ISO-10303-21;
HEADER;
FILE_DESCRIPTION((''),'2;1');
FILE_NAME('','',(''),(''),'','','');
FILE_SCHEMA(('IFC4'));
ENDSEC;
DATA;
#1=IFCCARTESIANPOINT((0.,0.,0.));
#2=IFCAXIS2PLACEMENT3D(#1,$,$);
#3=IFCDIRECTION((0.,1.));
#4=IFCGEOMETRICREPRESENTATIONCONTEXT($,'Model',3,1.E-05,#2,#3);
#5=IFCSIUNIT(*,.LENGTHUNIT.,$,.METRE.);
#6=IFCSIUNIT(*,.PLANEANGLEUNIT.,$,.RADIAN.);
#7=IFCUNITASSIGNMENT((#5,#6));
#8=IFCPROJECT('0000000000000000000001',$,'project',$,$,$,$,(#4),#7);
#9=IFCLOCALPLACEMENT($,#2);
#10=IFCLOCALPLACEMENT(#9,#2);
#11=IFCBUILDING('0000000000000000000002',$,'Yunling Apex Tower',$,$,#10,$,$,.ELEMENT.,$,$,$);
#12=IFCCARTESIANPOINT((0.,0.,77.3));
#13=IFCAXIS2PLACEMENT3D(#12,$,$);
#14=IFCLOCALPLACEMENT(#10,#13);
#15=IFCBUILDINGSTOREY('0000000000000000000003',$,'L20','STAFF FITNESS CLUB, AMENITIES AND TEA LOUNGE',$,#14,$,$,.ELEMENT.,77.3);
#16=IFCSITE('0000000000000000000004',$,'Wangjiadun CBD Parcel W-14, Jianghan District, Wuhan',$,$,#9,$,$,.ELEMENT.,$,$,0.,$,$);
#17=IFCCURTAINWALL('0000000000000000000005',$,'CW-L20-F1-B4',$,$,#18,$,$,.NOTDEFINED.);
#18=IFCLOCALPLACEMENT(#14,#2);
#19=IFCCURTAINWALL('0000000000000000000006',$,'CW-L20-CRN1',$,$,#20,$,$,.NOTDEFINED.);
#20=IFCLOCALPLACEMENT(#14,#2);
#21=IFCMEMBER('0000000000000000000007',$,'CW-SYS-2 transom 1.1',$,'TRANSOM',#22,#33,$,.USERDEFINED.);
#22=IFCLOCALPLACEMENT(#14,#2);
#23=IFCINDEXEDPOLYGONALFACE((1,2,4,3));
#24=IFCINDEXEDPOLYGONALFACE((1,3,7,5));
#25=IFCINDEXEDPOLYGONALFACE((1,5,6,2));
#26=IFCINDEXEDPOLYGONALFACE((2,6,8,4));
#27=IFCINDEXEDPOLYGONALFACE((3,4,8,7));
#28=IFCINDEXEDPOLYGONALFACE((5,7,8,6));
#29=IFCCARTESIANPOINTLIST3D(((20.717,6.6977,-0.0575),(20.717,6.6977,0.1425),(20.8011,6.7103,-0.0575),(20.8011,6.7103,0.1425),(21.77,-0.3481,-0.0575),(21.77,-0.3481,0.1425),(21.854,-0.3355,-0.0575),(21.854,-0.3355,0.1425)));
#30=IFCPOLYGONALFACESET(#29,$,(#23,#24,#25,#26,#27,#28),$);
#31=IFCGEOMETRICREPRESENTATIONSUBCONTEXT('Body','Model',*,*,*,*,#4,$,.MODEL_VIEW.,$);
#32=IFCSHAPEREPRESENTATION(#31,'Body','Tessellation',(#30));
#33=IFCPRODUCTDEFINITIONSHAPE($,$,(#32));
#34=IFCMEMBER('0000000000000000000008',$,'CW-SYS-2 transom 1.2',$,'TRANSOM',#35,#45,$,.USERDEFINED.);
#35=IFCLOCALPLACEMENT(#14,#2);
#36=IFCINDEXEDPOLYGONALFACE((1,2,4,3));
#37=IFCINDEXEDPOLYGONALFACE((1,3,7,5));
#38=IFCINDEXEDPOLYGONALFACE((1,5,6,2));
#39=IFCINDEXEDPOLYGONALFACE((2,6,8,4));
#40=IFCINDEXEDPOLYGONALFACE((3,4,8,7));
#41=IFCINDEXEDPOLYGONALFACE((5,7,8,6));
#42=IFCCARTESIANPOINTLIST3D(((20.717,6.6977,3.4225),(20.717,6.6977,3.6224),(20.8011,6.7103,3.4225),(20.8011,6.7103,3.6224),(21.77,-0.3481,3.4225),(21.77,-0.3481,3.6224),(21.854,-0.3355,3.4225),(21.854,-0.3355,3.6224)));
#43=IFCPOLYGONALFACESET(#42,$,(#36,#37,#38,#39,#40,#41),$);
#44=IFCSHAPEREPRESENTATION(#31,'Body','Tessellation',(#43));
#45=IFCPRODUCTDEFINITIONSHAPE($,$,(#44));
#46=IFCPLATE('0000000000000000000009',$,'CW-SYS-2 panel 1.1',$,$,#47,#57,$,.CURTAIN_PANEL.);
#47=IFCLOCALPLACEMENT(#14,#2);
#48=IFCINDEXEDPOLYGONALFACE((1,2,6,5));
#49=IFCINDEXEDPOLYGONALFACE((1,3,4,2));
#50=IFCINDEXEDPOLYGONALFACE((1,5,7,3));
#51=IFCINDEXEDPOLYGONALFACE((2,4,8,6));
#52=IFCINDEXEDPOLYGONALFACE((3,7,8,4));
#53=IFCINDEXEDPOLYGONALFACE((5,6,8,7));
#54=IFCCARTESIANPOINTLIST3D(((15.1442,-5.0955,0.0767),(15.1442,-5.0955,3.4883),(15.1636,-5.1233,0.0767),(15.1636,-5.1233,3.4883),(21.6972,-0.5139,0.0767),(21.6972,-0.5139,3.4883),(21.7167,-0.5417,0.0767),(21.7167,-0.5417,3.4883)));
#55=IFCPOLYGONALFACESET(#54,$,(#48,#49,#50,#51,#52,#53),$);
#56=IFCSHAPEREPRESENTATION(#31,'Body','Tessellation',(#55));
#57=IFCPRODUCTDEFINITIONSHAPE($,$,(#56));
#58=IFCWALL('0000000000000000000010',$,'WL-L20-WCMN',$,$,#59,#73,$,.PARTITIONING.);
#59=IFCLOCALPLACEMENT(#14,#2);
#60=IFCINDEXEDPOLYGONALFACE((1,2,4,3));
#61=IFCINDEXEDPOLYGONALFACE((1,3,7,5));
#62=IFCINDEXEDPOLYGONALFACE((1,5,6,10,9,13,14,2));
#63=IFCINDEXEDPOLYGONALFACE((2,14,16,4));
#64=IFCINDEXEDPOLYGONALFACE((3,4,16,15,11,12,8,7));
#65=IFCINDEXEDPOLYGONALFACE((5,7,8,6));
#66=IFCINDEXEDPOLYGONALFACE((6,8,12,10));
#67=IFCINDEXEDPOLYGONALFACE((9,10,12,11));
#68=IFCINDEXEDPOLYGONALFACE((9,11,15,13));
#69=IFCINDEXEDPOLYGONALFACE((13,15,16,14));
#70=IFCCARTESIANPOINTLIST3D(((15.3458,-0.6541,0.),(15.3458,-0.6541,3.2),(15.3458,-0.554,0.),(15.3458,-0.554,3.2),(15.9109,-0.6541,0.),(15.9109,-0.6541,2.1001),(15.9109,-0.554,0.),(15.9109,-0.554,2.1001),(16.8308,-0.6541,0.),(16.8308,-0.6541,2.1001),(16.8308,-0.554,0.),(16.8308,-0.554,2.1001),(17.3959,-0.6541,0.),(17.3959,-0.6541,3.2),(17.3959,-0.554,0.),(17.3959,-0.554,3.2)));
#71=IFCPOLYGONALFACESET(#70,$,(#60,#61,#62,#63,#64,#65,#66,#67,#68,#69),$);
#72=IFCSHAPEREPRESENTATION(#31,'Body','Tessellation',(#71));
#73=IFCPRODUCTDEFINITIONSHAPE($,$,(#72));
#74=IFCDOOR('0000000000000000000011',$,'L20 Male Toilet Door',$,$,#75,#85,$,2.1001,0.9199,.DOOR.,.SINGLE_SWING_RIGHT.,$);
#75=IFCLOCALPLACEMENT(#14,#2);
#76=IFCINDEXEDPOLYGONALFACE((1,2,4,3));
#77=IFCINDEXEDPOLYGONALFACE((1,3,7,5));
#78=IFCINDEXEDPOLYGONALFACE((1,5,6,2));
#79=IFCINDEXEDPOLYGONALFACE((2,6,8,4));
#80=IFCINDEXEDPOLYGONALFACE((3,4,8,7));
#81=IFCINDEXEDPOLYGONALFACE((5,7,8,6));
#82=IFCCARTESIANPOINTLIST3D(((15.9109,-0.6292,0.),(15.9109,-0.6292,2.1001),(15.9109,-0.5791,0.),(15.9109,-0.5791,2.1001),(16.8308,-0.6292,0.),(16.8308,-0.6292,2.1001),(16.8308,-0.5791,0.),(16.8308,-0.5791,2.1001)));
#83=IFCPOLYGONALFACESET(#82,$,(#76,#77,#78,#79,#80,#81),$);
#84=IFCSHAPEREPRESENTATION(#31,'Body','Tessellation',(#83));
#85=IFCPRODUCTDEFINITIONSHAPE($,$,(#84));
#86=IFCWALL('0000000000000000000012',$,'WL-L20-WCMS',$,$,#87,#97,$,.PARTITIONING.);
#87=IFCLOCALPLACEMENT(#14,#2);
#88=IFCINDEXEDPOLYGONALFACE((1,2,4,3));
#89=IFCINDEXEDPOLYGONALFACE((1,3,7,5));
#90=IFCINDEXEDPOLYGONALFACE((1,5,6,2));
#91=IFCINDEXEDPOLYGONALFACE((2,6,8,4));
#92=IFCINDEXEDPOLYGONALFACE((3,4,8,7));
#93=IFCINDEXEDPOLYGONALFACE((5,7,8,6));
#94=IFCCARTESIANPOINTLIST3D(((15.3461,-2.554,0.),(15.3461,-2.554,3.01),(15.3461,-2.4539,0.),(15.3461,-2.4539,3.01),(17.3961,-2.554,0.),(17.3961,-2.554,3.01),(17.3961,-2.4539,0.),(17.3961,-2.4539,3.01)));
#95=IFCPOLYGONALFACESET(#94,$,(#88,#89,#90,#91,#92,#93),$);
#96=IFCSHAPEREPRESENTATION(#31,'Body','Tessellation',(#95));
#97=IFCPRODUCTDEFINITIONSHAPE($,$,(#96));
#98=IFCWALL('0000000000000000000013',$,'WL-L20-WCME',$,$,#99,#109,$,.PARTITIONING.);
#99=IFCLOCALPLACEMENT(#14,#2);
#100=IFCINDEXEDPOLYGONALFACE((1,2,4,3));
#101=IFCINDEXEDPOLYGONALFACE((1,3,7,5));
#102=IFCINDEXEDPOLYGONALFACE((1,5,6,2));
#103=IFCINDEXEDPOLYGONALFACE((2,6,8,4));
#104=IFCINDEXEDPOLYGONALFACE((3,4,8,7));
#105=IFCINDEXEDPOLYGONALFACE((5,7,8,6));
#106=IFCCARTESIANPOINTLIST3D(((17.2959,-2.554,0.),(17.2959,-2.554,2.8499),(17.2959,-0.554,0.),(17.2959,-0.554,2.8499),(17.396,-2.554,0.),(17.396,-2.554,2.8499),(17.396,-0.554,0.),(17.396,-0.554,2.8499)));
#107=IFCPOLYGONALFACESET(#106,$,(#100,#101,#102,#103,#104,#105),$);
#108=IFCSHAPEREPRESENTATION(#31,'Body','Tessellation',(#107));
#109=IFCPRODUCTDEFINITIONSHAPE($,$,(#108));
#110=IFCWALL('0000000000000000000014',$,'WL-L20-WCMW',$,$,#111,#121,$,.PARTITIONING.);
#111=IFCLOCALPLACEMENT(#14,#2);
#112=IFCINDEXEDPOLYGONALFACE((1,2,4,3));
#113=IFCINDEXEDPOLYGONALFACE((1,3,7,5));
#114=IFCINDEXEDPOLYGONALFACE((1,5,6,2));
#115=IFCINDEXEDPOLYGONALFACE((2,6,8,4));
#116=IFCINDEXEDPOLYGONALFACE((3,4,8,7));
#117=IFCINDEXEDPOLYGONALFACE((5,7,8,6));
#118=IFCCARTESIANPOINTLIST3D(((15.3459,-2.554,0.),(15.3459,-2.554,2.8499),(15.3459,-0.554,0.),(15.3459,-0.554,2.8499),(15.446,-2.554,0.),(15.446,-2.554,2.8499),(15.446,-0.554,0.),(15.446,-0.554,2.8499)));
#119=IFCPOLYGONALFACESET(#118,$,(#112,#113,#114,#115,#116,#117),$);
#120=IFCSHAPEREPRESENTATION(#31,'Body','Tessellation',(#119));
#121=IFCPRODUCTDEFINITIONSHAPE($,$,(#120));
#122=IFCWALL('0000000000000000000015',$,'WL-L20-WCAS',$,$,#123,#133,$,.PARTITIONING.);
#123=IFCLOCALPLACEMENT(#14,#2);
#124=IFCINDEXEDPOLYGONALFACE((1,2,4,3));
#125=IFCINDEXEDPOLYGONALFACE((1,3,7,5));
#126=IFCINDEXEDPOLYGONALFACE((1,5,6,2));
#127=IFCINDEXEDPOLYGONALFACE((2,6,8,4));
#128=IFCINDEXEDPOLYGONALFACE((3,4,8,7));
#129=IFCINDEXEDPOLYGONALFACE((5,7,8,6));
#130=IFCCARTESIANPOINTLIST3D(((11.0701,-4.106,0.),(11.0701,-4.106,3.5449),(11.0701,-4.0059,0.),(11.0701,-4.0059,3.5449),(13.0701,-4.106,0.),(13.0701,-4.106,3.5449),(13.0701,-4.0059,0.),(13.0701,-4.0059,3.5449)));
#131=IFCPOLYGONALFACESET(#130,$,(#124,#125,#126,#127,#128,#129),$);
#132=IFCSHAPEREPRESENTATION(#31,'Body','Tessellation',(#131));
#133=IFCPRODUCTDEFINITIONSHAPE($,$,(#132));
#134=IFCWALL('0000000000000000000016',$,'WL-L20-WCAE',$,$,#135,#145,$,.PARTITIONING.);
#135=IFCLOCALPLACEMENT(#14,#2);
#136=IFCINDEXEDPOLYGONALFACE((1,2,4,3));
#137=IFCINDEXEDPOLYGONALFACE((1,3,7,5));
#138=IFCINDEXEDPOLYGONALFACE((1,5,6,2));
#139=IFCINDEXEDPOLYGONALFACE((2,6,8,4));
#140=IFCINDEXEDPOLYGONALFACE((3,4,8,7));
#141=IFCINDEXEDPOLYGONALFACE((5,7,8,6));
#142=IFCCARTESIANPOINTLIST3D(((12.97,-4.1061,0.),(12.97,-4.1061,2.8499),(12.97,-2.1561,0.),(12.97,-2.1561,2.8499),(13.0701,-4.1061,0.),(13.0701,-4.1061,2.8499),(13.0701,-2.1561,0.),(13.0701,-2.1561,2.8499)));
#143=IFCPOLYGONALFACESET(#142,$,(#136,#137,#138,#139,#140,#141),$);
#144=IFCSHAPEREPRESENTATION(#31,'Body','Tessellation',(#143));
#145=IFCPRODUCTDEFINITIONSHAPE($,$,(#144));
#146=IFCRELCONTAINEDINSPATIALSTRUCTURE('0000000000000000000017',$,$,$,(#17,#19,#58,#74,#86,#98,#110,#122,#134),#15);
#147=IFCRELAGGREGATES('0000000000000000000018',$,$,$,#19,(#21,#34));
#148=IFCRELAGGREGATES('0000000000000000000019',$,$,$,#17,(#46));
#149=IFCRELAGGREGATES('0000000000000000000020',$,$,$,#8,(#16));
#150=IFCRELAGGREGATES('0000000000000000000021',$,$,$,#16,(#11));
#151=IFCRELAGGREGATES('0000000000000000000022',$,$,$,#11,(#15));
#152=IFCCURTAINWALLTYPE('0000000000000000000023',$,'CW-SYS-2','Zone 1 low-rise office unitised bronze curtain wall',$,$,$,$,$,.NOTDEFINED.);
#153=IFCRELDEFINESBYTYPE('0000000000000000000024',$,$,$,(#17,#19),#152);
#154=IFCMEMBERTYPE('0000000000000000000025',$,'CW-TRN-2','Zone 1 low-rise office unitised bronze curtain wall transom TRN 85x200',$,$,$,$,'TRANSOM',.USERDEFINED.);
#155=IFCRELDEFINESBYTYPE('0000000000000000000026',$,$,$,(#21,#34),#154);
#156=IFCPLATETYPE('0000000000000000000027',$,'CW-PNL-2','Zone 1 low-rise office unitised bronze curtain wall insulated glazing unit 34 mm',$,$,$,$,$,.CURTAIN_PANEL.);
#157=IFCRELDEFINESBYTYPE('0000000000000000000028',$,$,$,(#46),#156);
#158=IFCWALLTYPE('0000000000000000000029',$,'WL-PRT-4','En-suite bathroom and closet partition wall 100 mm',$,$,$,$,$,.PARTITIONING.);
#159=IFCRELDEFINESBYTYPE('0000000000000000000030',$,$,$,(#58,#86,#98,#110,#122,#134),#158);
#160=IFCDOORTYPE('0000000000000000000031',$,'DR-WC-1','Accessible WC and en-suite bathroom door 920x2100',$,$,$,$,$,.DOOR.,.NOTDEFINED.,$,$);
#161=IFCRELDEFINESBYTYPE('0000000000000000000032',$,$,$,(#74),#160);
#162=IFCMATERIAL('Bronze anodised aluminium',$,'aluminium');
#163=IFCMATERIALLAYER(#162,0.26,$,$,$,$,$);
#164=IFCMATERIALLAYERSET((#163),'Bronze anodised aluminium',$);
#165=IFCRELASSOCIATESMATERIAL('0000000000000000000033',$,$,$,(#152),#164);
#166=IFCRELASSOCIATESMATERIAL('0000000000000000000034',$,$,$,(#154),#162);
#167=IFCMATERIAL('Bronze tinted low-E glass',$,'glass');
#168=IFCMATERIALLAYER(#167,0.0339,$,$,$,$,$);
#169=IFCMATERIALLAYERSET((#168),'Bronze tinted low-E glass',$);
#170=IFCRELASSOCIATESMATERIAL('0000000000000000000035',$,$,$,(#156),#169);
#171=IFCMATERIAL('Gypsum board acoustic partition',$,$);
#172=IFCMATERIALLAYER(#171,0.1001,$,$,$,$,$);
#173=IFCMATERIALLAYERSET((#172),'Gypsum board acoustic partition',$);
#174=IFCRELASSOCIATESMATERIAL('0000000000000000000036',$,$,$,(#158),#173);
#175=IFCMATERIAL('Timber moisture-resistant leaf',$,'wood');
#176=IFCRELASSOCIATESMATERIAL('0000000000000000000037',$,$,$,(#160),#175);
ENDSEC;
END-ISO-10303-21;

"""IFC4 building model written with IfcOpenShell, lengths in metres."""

from ifc_helpers import new_model, si_unit, direction, frame, frame_2d, origin, origin_2d, place, context, subcontext, project, spatial, rectangle, extrude, source, transform, mapped, material, layer, layer_set, material_profile, profile_set, type_object, element, fill, aggregate, save


model = new_model("IFC4")

# Units and contexts
model_context = context("Model", 3, precision=1e-05, world=origin(), true_north=direction((0.0, 1.0)))
body_context = subcontext(model_context, "Body", "Model", "MODEL_VIEW")
ifc_project = project(units=[si_unit("LENGTHUNIT", "METRE"), si_unit("PLANEANGLEUNIT", "RADIAN")], contexts=[model_context])

# Site, building, storey
site_placement = place(None, origin())
site = spatial("IfcSite", under=ifc_project, at=site_placement, Name="Wangjiadun CBD Parcel W-14, Jianghan District, Wuhan", CompositionType="ELEMENT", RefElevation=0.0)
building_placement = place(site_placement, origin())
building = spatial("IfcBuilding", under=site, at=building_placement, Name="Yunling Apex Tower", CompositionType="ELEMENT")
storey_placement = place(building_placement, frame((0.0, 0.0, 77.3)))
storey = spatial("IfcBuildingStorey", under=building, at=storey_placement, Name="L20", Description="STAFF FITNESS CLUB, AMENITIES AND TEA LOUNGE", CompositionType="ELEMENT", Elevation=77.3)

# Shared definitions
ifc_material_1 = material(Name="Bronze anodised aluminium", Category="aluminium")
ifc_layer_1 = layer(ifc_material_1, 0.26)
ifc_layer_set_1 = layer_set([ifc_layer_1], Name="Bronze anodised aluminium")
curtain_wall_type = type_object("IfcCurtainWallType", Name="CW-SYS-2", Description="Zone 1 low-rise office unitised bronze curtain wall", PredefinedType="NOTDEFINED", material=ifc_layer_set_1)

# Curtain wall
curtain_wall_1_placement = place(storey_placement, origin())
curtain_wall_1 = element("IfcCurtainWall", 1, at=curtain_wall_1_placement, inside=storey, type_object=curtain_wall_type, Name="CW-L20-F1-B4", PredefinedType="NOTDEFINED")

# Curtain wall
curtain_wall_2_placement = place(storey_placement, origin())
curtain_wall_2 = element("IfcCurtainWall", 2, at=curtain_wall_2_placement, inside=storey, type_object=curtain_wall_type, Name="CW-L20-CRN1", PredefinedType="NOTDEFINED")

# Members
ifc_material_profile_1 = material_profile(ifc_material_1, rectangle(XDim=0.085, YDim=0.2, at=origin_2d()))
ifc_profile_set_1 = profile_set([ifc_material_profile_1], Name="Bronze anodised aluminium")
member_type_1 = type_object("IfcMemberType", Name="CW-TRN-2", Description="Zone 1 low-rise office unitised bronze curtain wall transom TRN 85x200", ElementType="TRANSOM", PredefinedType="USERDEFINED", material=ifc_profile_set_1)
shared_shape_1 = source(origin(), body_context, "Body", "SweptSolid", [
    extrude(rectangle(XDim=0.085, YDim=0.2, at=origin_2d()), origin(), (0.0, 0.0, 1.0), 7.124),
])
member_1_placement = place(storey_placement, frame((21.812, -0.3418, 0.0425), z_axis=(-0.147804, 0.989017, 0.0), x_axis=(-0.989017, -0.147804, 0.0)))
member_1 = element("IfcMember", 3, at=member_1_placement, type_object=member_type_1, Name="CW-SYS-2 transom 1.1", ObjectType="TRANSOM", PredefinedType="USERDEFINED", context=body_context, shape_type="MappedRepresentation", body=[
    mapped(shared_shape_1, transform((0.0, 0.0, 0.0), scale=1.0)),
])
member_2_placement = place(storey_placement, frame((21.812, -0.3418, 3.5225), z_axis=(-0.147804, 0.989017, 0.0), x_axis=(-0.989017, -0.147804, 0.0)))
member_2 = element("IfcMember", 4, at=member_2_placement, type_object=member_type_1, Name="CW-SYS-2 transom 1.2", ObjectType="TRANSOM", PredefinedType="USERDEFINED", context=body_context, shape_type="MappedRepresentation", body=[
    mapped(shared_shape_1, transform((0.0, 0.0, 0.0), scale=1.0)),
])
aggregate(curtain_wall_2, [member_1, member_2])

# Plate
ifc_material_2 = material(Name="Bronze tinted low-E glass", Category="glass")
ifc_layer_2 = layer(ifc_material_2, 0.0339)
ifc_layer_set_2 = layer_set([ifc_layer_2], Name="Bronze tinted low-E glass")
plate_type = type_object("IfcPlateType", Name="CW-PNL-2", Description="Zone 1 low-rise office unitised bronze curtain wall insulated glazing unit 34 mm", PredefinedType="CURTAIN_PANEL", material=ifc_layer_set_2)
shared_shape_2 = source(origin(), body_context, "Body", "SweptSolid", [
    extrude(rectangle(XDim=7.9958, YDim=0.0339, at=origin_2d()), origin(), (0.0, 0.0, 1.0), 3.4116),
])
plate_placement = place(storey_placement, frame((18.4304, -2.8186, 0.0767), z_axis=(0.0, 0.0, 1.0), x_axis=(0.819552, 0.573004, 0.0)))
plate = element("IfcPlate", 5, at=plate_placement, type_object=plate_type, Name="CW-SYS-2 panel 1.1", PredefinedType="CURTAIN_PANEL", context=body_context, shape_type="MappedRepresentation", body=[
    mapped(shared_shape_2, transform((0.0, 0.0, 0.0), scale=1.0)),
])
aggregate(curtain_wall_1, [plate])

# Wall, opening, door
ifc_material_3 = material(Name="Gypsum board acoustic partition")
ifc_layer_3 = layer(ifc_material_3, 0.1001)
ifc_layer_set_3 = layer_set([ifc_layer_3], Name="Gypsum board acoustic partition")
wall_type = type_object("IfcWallType", Name="WL-PRT-4", Description="En-suite bathroom and closet partition wall 100 mm", PredefinedType="PARTITIONING", material=ifc_layer_set_3)
wall_1_placement = place(storey_placement, frame((15.3459, -0.604, 0.0), z_axis=(0.0, 0.0, 1.0), x_axis=(1.0, 0.0, 0.0)))
wall_1 = element("IfcWall", 6, at=wall_1_placement, inside=storey, type_object=wall_type, Name="WL-L20-WCMN", PredefinedType="PARTITIONING", context=body_context, shape_type="SweptSolid", body=[
    extrude(rectangle(XDim=2.05, YDim=0.1001, at=frame_2d((1.0249, 0.0))), origin(), (0.0, 0.0, 1.0), 3.2),
])
opening_placement = place(wall_1_placement, frame((0.5649, 0.0, 0.0)))
opening = element("IfcOpeningElement", 7, at=opening_placement, cuts=wall_1, PredefinedType="OPENING", context=body_context, shape_type="SweptSolid", body=[
    extrude(rectangle(XDim=0.9199, YDim=2.1001, at=frame_2d((0.46, 1.05))), frame((0.0, 0.0601, 0.0), z_axis=(0.0, -1.0, 0.0), x_axis=(1.0, 0.0, 0.0)), (0.0, 0.0, 1.0), 0.1201),
])
ifc_material_4 = material(Name="Timber moisture-resistant leaf", Category="wood")
door_type = type_object("IfcDoorType", Name="DR-WC-1", Description="Accessible WC and en-suite bathroom door 920x2100", OperationType="NOTDEFINED", PredefinedType="DOOR", material=ifc_material_4)
door_placement = place(opening_placement, origin())
door = element("IfcDoor", 8, at=door_placement, inside=storey, type_object=door_type, Name="L20 Male Toilet Door", OperationType="SINGLE_SWING_RIGHT", OverallHeight=2.1001, OverallWidth=0.9199, PredefinedType="DOOR", context=body_context, shape_type="SweptSolid", body=[
    extrude(rectangle(XDim=0.9199, YDim=2.1001, at=frame_2d((0.46, 1.05))), frame((0.0, 0.0249, 0.0), z_axis=(0.0, -1.0, 0.0), x_axis=(1.0, 0.0, 0.0)), (0.0, 0.0, 1.0), 0.05),
])
fill(opening, door)

# Walls
wall_2_placement = place(storey_placement, frame((17.396, -2.5039, 0.0), z_axis=(0.0, 0.0, 1.0), x_axis=(-1.0, 0.0, 0.0)))
element("IfcWall", 9, at=wall_2_placement, inside=storey, type_object=wall_type, Name="WL-L20-WCMS", PredefinedType="PARTITIONING", context=body_context, shape_type="SweptSolid", body=[
    extrude(rectangle(XDim=2.05, YDim=0.1001, at=frame_2d((1.0249, 0.0))), origin(), (0.0, 0.0, 1.0), 3.01),
])
for number, where, z_axis, x_axis, name in (
    (10, (17.3459, -0.554, 0.0), (0.0, 0.0, 1.0), (0.0, -1.0, 0.0), "WL-L20-WCME"),
    (11, (15.396, -2.554, 0.0), (0.0, 0.0, 1.0), (0.0, 1.0, 0.0), "WL-L20-WCMW"),
):
    element("IfcWall", number, at=place(storey_placement, frame(where, z_axis=z_axis, x_axis=x_axis)), inside=storey, type_object=wall_type, Name=name, PredefinedType="PARTITIONING", context=body_context, shape_type="SweptSolid", body=[
        extrude(rectangle(XDim=2.0, YDim=0.1001, at=frame_2d((1.0, 0.0))), origin(), (0.0, 0.0, 1.0), 2.8499),
    ])
wall_3_placement = place(storey_placement, frame((13.0701, -4.0559, 0.0), z_axis=(0.0, 0.0, 1.0), x_axis=(-1.0, 0.0, 0.0)))
element("IfcWall", 12, at=wall_3_placement, inside=storey, type_object=wall_type, Name="WL-L20-WCAS", PredefinedType="PARTITIONING", context=body_context, shape_type="SweptSolid", body=[
    extrude(rectangle(XDim=2.0, YDim=0.1001, at=frame_2d((1.0, 0.0))), origin(), (0.0, 0.0, 1.0), 3.5449),
])
wall_4_placement = place(storey_placement, frame((13.02, -2.156, 0.0), z_axis=(0.0, 0.0, 1.0), x_axis=(0.0, -1.0, 0.0)))
element("IfcWall", 13, at=wall_4_placement, inside=storey, type_object=wall_type, Name="WL-L20-WCAE", PredefinedType="PARTITIONING", context=body_context, shape_type="SweptSolid", body=[
    extrude(rectangle(XDim=1.95, YDim=0.1001, at=frame_2d((0.9751, 0.0))), origin(), (0.0, 0.0, 1.0), 2.8499),
])

save(model, "model.ifc")
